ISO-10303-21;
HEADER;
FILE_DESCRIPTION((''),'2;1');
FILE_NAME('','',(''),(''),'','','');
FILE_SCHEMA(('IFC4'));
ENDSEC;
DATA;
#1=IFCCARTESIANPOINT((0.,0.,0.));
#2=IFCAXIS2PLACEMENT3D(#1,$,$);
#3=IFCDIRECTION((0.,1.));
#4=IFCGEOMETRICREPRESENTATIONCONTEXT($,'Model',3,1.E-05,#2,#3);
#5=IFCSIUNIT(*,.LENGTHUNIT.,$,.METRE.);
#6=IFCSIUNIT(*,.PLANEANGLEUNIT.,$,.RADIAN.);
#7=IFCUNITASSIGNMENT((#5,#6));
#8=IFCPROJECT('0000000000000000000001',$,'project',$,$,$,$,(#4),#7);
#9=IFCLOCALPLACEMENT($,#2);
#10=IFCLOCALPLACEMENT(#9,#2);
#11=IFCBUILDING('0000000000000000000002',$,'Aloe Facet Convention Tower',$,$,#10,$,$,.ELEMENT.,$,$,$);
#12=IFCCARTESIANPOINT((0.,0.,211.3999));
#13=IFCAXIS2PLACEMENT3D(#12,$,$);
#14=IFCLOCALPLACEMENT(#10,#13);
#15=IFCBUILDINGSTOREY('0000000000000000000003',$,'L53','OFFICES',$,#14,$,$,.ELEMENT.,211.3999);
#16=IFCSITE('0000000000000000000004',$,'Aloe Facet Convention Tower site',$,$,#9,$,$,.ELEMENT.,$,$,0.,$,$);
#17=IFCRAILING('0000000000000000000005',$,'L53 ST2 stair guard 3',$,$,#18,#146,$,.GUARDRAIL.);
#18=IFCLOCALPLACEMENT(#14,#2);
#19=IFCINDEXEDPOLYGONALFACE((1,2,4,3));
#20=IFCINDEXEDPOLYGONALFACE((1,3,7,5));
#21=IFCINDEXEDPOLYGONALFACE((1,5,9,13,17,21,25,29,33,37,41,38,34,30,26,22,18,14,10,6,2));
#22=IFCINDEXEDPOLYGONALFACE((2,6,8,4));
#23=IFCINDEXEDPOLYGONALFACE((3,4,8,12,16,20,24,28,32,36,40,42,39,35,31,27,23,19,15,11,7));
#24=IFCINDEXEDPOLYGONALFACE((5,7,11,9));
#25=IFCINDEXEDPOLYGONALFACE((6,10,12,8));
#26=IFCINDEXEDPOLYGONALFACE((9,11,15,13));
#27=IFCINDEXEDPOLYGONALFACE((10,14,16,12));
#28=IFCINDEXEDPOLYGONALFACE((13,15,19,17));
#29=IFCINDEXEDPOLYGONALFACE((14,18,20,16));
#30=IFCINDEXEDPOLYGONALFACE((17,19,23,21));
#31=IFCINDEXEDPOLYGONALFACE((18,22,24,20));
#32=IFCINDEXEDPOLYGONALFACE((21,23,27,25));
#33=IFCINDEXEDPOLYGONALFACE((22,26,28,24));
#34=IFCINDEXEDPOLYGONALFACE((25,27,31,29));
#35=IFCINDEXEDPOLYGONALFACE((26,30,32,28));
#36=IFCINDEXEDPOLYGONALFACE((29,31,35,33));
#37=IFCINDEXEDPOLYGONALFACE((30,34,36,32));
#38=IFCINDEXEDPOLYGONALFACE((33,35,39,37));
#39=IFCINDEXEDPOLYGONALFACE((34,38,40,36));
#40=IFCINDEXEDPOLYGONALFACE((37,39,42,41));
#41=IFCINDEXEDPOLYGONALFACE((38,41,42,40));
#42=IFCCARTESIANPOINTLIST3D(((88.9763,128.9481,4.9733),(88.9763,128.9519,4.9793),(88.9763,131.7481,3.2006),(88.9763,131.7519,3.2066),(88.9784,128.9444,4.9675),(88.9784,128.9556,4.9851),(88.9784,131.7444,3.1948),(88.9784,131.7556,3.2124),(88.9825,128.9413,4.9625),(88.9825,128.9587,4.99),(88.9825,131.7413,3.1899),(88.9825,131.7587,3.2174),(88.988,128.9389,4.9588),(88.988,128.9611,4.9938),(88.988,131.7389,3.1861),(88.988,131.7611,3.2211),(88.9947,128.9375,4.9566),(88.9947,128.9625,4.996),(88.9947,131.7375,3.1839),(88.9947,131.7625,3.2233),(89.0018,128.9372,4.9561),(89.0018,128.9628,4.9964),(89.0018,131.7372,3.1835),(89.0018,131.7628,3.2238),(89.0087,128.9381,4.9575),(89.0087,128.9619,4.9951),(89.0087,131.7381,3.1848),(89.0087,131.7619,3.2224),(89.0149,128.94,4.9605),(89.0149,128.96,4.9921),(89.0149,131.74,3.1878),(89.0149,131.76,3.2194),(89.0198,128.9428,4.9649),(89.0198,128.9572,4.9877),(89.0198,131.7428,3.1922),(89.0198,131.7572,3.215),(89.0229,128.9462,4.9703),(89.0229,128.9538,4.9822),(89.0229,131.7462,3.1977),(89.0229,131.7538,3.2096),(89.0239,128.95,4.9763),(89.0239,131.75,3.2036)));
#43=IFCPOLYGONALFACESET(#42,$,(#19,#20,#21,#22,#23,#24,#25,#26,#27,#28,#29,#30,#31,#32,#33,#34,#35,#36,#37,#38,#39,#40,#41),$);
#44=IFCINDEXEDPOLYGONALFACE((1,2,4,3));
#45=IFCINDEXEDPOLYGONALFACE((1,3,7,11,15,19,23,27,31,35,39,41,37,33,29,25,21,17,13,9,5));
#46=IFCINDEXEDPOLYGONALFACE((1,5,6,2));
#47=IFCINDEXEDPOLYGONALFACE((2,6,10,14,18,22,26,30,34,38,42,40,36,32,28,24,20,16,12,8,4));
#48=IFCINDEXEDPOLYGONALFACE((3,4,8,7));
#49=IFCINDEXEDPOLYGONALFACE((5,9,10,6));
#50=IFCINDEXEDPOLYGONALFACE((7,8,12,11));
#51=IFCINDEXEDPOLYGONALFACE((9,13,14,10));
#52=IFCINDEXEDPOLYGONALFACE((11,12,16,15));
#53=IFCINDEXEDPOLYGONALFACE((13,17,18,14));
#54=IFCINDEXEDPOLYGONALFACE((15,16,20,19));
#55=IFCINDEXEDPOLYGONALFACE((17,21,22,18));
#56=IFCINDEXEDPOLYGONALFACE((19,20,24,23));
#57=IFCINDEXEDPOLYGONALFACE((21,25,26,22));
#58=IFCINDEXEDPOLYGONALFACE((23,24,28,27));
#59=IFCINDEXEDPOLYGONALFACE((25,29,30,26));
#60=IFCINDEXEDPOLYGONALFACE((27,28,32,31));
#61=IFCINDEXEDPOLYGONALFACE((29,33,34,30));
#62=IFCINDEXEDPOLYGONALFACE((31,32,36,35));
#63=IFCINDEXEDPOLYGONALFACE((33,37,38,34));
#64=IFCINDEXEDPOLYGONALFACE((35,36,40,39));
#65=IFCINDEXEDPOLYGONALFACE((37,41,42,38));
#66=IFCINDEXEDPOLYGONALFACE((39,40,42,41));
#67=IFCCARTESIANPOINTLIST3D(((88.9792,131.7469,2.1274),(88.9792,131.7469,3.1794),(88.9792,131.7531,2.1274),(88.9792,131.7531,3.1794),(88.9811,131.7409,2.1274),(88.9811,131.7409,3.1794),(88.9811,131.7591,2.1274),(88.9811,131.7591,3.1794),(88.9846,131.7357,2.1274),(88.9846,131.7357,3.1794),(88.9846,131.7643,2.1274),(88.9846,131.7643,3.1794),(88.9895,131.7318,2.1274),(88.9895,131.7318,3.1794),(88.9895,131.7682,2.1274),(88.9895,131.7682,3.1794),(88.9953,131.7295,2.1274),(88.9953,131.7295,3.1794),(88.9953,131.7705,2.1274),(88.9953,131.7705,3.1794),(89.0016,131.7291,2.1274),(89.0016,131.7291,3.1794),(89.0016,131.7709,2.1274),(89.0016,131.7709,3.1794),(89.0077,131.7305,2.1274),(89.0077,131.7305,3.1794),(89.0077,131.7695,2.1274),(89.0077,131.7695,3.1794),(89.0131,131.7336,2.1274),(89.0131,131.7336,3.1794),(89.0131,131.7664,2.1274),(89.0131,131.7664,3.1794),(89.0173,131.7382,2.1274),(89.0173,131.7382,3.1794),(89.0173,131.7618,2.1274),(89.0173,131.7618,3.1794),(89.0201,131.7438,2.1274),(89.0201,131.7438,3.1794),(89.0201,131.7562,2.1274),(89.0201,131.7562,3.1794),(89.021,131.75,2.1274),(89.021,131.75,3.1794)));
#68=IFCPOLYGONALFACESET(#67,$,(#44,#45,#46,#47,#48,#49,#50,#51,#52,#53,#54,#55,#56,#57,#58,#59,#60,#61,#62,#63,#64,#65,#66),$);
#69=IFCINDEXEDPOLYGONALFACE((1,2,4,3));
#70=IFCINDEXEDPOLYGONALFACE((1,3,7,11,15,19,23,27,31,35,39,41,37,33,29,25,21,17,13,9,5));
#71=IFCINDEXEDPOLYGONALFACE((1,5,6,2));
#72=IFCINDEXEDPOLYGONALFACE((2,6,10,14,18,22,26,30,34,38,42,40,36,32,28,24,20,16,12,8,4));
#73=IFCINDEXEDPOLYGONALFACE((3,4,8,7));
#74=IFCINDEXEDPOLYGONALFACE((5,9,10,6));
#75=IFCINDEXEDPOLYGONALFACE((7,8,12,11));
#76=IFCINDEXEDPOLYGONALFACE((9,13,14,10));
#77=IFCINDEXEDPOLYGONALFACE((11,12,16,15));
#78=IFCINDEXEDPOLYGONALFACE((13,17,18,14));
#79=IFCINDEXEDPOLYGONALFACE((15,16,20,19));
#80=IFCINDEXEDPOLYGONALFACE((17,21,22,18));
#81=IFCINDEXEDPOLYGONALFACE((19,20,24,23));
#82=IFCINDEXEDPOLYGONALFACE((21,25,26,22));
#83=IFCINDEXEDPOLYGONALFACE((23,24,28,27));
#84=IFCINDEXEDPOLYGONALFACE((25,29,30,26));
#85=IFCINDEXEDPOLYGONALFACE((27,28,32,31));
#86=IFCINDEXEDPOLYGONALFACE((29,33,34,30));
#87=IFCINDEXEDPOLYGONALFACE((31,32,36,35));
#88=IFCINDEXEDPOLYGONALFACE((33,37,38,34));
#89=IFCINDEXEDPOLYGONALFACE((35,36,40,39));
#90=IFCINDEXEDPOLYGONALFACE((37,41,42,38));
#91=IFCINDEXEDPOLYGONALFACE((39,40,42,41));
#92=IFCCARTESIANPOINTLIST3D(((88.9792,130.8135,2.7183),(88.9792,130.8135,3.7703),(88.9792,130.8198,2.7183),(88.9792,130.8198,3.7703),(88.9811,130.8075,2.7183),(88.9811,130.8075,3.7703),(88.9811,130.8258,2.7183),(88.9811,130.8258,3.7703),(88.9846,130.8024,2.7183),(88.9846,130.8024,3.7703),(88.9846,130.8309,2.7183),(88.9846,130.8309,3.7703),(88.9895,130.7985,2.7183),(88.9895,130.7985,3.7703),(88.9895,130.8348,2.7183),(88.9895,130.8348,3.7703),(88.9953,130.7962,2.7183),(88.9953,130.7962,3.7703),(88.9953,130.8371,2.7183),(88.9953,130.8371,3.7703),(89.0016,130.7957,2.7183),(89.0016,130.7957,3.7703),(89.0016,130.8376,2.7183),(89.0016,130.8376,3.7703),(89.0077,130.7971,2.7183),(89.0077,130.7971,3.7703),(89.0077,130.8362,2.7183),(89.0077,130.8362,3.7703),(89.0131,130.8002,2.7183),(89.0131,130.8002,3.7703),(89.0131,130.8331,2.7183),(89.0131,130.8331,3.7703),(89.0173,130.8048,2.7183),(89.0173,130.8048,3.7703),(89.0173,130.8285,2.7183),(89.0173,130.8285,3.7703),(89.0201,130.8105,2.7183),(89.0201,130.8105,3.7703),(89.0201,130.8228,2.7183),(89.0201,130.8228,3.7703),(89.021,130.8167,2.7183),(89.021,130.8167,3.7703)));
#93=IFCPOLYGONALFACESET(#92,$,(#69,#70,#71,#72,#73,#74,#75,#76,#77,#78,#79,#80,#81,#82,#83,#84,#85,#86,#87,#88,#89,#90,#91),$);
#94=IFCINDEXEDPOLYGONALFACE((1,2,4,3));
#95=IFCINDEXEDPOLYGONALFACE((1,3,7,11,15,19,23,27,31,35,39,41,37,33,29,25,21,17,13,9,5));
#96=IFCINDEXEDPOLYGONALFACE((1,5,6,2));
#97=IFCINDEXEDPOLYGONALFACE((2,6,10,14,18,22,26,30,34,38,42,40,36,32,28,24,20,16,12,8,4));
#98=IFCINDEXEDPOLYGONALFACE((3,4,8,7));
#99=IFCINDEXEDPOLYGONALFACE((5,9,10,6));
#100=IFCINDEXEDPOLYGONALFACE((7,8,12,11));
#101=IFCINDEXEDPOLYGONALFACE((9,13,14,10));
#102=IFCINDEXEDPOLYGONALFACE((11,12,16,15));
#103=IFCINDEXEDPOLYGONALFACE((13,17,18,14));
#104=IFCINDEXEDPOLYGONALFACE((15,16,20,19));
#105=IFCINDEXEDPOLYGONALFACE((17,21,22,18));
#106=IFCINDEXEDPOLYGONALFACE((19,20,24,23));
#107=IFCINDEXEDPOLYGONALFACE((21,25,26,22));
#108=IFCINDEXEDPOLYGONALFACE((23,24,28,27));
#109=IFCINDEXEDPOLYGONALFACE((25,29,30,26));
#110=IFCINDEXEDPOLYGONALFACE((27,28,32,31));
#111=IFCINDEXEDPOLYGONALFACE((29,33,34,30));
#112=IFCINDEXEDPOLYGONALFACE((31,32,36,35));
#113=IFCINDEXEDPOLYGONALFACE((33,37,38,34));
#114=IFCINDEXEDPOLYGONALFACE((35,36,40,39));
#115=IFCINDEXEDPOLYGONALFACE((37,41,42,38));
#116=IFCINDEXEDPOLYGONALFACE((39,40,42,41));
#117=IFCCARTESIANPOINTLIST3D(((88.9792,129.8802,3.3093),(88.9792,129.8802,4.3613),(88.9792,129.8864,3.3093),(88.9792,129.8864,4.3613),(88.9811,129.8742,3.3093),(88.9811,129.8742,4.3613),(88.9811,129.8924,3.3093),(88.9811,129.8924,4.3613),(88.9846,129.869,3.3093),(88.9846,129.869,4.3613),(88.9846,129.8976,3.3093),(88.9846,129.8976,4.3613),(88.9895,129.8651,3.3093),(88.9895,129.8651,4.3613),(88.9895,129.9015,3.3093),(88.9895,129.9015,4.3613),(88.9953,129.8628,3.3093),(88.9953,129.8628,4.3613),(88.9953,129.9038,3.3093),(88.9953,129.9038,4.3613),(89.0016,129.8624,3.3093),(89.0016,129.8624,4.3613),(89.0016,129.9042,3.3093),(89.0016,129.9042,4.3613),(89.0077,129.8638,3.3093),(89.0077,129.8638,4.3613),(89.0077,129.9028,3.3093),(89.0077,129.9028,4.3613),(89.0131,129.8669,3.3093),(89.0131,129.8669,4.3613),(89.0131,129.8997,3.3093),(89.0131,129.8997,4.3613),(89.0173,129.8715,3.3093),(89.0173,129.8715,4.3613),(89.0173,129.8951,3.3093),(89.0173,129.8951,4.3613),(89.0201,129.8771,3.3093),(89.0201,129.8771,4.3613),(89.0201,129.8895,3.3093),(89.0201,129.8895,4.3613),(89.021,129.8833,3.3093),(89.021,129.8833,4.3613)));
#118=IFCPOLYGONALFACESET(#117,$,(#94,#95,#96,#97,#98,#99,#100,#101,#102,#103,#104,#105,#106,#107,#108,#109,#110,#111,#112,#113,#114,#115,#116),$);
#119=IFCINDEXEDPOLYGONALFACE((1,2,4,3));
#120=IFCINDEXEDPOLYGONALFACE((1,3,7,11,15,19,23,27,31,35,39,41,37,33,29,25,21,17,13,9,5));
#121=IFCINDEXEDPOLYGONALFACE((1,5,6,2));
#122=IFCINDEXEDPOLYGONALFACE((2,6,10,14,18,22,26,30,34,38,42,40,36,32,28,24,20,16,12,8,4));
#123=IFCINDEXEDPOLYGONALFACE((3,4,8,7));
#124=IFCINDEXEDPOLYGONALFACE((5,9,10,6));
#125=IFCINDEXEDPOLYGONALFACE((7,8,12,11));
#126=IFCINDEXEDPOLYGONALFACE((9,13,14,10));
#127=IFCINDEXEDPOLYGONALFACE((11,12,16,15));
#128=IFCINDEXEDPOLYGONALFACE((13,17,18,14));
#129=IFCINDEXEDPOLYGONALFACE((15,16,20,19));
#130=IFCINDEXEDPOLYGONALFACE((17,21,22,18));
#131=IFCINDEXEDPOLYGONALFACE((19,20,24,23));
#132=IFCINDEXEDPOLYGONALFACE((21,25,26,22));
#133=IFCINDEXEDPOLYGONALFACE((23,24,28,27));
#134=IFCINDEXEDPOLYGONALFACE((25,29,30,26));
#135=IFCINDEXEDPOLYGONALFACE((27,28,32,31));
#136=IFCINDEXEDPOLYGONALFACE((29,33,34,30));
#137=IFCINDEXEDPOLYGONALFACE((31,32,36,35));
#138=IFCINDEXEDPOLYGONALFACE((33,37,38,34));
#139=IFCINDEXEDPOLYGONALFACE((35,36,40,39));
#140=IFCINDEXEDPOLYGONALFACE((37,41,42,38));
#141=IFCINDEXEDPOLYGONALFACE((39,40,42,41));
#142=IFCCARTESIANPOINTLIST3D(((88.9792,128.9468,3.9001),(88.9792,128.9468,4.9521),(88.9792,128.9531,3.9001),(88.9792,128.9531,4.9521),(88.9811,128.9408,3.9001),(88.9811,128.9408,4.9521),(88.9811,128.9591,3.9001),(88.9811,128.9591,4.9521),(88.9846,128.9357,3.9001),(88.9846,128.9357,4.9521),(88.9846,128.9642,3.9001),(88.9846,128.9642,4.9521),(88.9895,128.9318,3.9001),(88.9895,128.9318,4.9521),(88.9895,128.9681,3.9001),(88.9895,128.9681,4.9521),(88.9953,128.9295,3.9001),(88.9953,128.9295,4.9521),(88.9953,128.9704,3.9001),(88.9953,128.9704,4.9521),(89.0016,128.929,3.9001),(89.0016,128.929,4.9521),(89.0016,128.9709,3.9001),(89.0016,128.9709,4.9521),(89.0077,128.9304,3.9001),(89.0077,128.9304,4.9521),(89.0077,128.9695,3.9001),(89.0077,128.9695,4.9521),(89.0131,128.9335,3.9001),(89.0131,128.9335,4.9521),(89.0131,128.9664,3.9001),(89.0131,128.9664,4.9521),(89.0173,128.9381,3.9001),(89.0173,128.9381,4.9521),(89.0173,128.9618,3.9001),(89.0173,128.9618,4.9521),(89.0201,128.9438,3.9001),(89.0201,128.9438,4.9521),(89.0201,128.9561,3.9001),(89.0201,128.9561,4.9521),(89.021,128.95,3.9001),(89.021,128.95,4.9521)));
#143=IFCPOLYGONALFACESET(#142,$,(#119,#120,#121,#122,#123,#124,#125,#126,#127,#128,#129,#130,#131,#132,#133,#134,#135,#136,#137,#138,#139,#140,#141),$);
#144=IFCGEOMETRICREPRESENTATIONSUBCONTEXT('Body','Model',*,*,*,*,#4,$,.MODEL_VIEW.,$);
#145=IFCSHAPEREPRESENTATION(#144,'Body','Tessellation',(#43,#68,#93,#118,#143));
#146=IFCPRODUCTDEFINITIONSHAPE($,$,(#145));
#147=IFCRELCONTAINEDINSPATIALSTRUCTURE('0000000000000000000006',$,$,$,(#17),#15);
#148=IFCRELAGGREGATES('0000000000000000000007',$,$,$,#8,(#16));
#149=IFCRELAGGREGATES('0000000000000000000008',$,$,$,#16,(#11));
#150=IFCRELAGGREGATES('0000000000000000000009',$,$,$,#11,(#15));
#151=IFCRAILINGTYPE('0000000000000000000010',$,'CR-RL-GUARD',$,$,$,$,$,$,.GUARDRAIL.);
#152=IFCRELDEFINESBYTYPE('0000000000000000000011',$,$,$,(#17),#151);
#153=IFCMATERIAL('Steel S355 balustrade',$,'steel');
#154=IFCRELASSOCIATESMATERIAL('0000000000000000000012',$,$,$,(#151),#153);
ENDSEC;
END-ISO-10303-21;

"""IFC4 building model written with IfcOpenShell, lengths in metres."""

from ifc_helpers import new_model, si_unit, direction, frame, origin, origin_2d, place, context, subcontext, project, spatial, circle, extrude, material, type_object, element, save


model = new_model("IFC4")

# Units and contexts
model_context = context("Model", 3, precision=1e-05, world=origin(), true_north=direction((0.0, 1.0)))
body_context = subcontext(model_context, "Body", "Model", "MODEL_VIEW")
ifc_project = project(units=[si_unit("LENGTHUNIT", "METRE"), si_unit("PLANEANGLEUNIT", "RADIAN")], contexts=[model_context])

# Site, building, storey
site_placement = place(None, origin())
site = spatial("IfcSite", under=ifc_project, at=site_placement, Name="Aloe Facet Convention Tower site", CompositionType="ELEMENT", RefElevation=0.0)
building_placement = place(site_placement, origin())
building = spatial("IfcBuilding", under=site, at=building_placement, Name="Aloe Facet Convention Tower", CompositionType="ELEMENT")
storey_placement = place(building_placement, frame((0.0, 0.0, 211.3999)))
storey = spatial("IfcBuildingStorey", under=building, at=storey_placement, Name="L53", Description="OFFICES", CompositionType="ELEMENT", Elevation=211.3999)

# Railing
ifc_material_1 = material(Name="Steel S355 balustrade", Category="steel")
railing_type_1 = type_object("IfcRailingType", Name="CR-RL-GUARD", PredefinedType="GUARDRAIL", material=ifc_material_1)
railing_1_placement = place(storey_placement, frame((89.0, 131.75, 2.1274)))
element("IfcRailing", 1, at=railing_1_placement, inside=storey, type_object=railing_type_1, Name="L53 ST2 stair guard 3", PredefinedType="GUARDRAIL", context=body_context, shape_type="SweptSolid", body=[
    extrude(circle(Radius=0.0239, at=origin_2d()), frame((0.0, 0.0, 1.0762), z_axis=(0.0, -0.844909, 0.53491), x_axis=(1.0, 0.0, 0.0)), (0.0, 0.0, 1.0), 3.314),
    extrude(circle(Radius=0.021, at=origin_2d()), origin(), (0.0, 0.0, 1.0), 1.052),
    extrude(circle(Radius=0.021, at=origin_2d()), frame((0.0, -0.9333, 0.5908)), (0.0, 0.0, 1.0), 1.052),
    extrude(circle(Radius=0.021, at=origin_2d()), frame((0.0, -1.8667, 1.1819)), (0.0, 0.0, 1.0), 1.052),
    extrude(circle(Radius=0.021, at=origin_2d()), frame((0.0, -2.8, 1.7727)), (0.0, 0.0, 1.0), 1.052),
])

save(model, "model.ifc")
